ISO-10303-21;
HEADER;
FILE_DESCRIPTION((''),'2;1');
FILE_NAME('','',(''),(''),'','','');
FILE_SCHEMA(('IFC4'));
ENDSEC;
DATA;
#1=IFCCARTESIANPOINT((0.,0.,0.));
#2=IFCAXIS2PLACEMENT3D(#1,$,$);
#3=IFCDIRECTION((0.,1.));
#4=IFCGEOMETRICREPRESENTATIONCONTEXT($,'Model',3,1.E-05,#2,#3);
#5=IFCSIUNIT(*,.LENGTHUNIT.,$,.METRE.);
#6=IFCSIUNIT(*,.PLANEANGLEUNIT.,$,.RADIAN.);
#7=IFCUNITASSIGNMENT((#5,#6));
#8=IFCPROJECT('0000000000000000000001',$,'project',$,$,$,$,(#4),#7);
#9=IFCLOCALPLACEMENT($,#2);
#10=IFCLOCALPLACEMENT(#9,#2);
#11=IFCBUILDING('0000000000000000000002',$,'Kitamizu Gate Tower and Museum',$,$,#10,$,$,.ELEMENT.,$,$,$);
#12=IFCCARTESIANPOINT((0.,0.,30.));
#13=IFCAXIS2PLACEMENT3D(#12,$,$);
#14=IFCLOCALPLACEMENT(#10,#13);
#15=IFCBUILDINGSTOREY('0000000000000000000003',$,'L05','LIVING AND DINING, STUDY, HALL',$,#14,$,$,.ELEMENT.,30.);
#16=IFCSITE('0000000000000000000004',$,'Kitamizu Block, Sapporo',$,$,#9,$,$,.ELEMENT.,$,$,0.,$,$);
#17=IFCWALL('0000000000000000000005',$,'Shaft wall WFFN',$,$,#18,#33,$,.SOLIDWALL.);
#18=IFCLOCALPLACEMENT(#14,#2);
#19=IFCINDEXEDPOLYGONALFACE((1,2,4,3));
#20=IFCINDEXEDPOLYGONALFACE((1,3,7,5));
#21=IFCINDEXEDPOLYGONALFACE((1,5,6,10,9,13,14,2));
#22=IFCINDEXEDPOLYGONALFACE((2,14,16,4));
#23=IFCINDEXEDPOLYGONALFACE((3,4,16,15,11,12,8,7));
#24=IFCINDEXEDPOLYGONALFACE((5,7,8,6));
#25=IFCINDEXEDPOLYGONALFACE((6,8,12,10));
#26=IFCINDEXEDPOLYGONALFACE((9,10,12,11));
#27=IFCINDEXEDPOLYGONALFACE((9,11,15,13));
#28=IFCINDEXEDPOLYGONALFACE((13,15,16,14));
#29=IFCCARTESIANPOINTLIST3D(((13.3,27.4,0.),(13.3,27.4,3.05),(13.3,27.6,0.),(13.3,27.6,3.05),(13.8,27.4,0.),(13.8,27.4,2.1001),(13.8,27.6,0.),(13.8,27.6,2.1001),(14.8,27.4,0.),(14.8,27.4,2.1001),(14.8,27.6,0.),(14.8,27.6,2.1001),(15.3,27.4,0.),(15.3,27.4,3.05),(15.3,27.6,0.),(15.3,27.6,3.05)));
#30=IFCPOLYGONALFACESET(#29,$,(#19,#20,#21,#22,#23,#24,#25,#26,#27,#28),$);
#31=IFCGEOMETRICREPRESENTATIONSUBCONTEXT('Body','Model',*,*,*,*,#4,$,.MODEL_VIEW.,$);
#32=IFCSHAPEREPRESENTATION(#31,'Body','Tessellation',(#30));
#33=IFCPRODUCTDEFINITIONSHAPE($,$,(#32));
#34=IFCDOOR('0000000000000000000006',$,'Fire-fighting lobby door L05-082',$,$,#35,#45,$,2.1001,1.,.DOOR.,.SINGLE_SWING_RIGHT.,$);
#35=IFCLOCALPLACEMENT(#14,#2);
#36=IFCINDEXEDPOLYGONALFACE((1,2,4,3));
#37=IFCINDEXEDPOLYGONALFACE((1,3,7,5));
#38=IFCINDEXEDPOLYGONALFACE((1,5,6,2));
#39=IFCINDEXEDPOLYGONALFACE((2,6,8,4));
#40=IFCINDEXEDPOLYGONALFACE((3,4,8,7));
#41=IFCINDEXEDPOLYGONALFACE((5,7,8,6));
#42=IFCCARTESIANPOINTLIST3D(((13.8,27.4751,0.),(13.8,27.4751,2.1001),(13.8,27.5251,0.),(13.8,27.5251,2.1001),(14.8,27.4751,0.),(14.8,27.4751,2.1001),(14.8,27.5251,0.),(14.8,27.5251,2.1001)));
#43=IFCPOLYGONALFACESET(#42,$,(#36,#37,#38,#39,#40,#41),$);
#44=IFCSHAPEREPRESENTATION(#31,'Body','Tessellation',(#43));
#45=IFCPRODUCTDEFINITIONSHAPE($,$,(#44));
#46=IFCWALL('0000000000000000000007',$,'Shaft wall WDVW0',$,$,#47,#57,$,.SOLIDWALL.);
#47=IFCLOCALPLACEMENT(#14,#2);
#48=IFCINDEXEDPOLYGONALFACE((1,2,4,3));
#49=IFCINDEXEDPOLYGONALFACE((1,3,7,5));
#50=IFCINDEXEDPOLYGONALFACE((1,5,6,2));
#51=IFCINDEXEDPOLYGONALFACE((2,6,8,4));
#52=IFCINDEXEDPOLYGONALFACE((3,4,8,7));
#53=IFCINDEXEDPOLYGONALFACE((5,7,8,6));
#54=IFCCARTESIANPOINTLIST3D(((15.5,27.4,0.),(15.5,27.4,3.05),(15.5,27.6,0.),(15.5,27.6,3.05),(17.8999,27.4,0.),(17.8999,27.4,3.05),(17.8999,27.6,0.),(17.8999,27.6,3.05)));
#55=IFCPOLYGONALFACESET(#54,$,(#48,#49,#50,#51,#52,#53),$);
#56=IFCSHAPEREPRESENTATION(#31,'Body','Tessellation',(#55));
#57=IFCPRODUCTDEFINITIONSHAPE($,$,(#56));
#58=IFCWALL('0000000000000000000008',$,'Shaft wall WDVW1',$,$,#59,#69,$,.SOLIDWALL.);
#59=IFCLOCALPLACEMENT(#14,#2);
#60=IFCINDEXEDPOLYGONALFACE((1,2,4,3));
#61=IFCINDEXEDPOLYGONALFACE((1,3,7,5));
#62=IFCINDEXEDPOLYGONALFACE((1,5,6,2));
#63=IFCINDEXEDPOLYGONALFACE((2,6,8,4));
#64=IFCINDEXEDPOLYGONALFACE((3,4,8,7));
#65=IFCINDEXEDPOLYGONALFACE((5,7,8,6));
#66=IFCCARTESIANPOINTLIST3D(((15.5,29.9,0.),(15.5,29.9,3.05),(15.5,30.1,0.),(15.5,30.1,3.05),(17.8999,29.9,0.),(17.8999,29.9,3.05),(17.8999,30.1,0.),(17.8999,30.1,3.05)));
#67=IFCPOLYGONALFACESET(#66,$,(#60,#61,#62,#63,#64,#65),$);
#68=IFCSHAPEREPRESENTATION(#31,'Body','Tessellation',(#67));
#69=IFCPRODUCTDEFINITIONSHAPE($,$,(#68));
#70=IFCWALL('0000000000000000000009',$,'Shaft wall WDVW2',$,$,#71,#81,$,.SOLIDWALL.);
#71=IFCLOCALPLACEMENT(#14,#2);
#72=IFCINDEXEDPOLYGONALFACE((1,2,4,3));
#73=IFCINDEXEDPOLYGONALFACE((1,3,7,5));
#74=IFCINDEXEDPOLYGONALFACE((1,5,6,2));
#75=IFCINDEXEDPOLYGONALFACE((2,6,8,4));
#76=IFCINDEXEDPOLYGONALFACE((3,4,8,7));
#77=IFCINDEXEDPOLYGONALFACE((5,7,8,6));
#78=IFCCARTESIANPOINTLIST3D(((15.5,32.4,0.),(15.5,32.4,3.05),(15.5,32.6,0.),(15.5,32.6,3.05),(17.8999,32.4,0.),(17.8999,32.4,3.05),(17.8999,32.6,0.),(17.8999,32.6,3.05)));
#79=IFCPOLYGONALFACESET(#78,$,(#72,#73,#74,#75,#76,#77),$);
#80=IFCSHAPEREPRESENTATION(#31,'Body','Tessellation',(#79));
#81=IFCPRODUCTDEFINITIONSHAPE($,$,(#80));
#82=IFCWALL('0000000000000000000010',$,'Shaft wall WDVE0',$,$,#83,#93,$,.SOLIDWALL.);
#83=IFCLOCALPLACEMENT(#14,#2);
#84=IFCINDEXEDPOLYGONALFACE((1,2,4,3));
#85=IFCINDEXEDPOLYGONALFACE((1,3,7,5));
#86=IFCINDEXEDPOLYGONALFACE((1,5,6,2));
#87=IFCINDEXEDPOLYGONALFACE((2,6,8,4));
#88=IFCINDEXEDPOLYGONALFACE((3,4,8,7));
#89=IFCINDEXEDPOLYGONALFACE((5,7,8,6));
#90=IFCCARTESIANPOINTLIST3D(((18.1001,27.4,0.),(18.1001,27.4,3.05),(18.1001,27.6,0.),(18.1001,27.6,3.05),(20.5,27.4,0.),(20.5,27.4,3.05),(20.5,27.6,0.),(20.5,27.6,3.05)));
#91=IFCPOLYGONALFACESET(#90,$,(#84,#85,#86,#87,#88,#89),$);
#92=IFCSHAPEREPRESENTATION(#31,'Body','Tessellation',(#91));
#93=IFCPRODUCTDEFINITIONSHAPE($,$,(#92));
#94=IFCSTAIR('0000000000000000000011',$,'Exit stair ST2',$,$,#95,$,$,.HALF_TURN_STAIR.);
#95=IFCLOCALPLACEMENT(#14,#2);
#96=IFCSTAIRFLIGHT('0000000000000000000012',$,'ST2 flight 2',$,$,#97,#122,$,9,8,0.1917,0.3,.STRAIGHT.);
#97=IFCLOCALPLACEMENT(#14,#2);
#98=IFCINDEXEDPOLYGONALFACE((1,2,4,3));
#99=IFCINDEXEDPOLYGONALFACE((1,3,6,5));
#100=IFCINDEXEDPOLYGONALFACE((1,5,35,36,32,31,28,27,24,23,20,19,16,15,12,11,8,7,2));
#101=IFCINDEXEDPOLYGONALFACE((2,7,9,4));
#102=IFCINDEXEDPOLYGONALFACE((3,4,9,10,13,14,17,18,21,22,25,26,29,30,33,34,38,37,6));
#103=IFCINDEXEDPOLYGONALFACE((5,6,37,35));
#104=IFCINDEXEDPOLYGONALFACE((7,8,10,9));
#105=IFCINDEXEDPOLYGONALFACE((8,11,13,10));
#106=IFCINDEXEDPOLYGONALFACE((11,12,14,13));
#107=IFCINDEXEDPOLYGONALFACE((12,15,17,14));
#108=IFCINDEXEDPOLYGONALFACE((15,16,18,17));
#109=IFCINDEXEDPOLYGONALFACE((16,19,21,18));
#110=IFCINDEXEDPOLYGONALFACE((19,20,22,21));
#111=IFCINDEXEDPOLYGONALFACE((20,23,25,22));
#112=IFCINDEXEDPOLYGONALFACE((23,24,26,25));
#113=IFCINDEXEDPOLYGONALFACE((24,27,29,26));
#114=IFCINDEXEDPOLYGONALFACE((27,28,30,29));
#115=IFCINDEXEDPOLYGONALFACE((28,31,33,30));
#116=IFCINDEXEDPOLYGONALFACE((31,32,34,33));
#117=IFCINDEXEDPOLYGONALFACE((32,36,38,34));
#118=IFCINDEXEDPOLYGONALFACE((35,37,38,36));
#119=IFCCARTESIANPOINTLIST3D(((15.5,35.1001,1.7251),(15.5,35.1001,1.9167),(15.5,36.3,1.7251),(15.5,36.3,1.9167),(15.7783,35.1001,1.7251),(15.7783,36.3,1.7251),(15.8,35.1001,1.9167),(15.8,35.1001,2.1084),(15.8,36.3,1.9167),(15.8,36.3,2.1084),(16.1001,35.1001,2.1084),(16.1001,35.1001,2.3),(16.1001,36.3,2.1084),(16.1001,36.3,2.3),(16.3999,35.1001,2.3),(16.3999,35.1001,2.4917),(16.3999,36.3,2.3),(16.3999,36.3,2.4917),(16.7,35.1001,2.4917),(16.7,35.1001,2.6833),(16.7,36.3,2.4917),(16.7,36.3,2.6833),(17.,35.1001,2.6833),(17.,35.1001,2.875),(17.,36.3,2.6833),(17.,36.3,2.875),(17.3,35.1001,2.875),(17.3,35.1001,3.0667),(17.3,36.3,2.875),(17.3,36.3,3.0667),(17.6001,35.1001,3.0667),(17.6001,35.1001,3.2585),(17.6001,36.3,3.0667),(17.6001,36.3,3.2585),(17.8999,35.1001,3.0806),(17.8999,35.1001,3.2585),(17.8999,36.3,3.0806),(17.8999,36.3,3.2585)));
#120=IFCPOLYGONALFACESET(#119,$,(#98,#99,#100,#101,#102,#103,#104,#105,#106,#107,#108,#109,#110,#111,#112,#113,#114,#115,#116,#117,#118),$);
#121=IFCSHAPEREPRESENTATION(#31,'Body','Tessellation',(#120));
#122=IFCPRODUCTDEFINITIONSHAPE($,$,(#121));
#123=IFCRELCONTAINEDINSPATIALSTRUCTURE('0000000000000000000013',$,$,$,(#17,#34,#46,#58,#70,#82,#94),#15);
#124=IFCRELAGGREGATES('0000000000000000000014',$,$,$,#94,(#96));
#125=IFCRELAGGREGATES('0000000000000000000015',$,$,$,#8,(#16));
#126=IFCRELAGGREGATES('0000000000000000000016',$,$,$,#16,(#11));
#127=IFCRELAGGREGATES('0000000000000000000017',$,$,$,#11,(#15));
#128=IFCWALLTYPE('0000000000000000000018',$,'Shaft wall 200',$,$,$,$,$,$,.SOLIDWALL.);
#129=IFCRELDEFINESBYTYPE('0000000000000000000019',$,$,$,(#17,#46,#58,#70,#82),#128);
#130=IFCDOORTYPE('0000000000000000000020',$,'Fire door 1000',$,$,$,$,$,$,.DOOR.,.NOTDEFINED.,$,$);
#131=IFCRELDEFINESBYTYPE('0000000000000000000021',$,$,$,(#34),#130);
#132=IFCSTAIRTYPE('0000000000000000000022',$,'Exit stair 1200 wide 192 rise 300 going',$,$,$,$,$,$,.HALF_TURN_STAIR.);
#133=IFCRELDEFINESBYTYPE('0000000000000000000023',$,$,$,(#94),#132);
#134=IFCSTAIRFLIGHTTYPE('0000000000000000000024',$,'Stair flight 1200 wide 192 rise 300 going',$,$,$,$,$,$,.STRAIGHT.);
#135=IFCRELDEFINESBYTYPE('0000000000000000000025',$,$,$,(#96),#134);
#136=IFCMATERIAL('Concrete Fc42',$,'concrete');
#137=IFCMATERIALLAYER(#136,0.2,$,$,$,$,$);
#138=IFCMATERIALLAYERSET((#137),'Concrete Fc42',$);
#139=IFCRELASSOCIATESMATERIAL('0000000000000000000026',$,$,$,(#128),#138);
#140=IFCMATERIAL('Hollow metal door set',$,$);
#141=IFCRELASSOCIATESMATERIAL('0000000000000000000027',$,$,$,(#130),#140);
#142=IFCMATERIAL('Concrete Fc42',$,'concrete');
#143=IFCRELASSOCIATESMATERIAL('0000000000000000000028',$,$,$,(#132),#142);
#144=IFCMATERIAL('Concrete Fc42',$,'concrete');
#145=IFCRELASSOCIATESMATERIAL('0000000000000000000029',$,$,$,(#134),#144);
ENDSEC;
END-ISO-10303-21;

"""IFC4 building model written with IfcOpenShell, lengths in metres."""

from ifc_helpers import new_model, si_unit, direction, frame, frame_2d, origin, place, context, subcontext, project, spatial, polyline, rectangle, outline, extrude, material, layer, layer_set, type_object, element, fill, aggregate, save


model = new_model("IFC4")

# Units and contexts
model_context = context("Model", 3, precision=1e-05, world=origin(), true_north=direction((0.0, 1.0)))
body_context = subcontext(model_context, "Body", "Model", "MODEL_VIEW")
ifc_project = project(units=[si_unit("LENGTHUNIT", "METRE"), si_unit("PLANEANGLEUNIT", "RADIAN")], contexts=[model_context])

# Site, building, storey
site_placement = place(None, origin())
site = spatial("IfcSite", under=ifc_project, at=site_placement, Name="Kitamizu Block, Sapporo", CompositionType="ELEMENT", RefElevation=0.0)
building_placement = place(site_placement, origin())
building = spatial("IfcBuilding", under=site, at=building_placement, Name="Kitamizu Gate Tower and Museum", CompositionType="ELEMENT")
storey_placement = place(building_placement, frame((0.0, 0.0, 30.0)))
storey = spatial("IfcBuildingStorey", under=building, at=storey_placement, Name="L05", Description="LIVING AND DINING, STUDY, HALL", CompositionType="ELEMENT", Elevation=30.0)

# Shared definitions
ifc_material_1 = material(Name="Concrete Fc42", Category="concrete")
ifc_layer_1 = layer(ifc_material_1, 0.2)
ifc_layer_set_1 = layer_set([ifc_layer_1], Name="Concrete Fc42")
wall_type_1 = type_object("IfcWallType", Name="Shaft wall 200", PredefinedType="SOLIDWALL", material=ifc_layer_set_1)

# Wall, opening, door
wall_1_placement = place(storey_placement, frame((13.3, 27.5, 0.0), z_axis=(0.0, 0.0, 1.0), x_axis=(1.0, 0.0, 0.0)))
wall_1 = element("IfcWall", 1, at=wall_1_placement, inside=storey, type_object=wall_type_1, Name="Shaft wall WFFN", PredefinedType="SOLIDWALL", context=body_context, shape_type="SweptSolid", body=[
    extrude(rectangle(XDim=2.0, YDim=0.2, at=frame_2d((1.0, 0.0))), origin(), (0.0, 0.0, 1.0), 3.05),
])
opening_1_placement = place(wall_1_placement, frame((0.5, 0.0, 0.0)))
opening_1 = element("IfcOpeningElement", 2, at=opening_1_placement, cuts=wall_1, PredefinedType="OPENING", context=body_context, shape_type="SweptSolid", body=[
    extrude(rectangle(XDim=1.0, YDim=2.1001, at=frame_2d((0.5, 1.05))), frame((0.0, 0.1099, 0.0), z_axis=(0.0, -1.0, 0.0), x_axis=(1.0, 0.0, 0.0)), (0.0, 0.0, 1.0), 0.22),
])
ifc_material_2 = material(Name="Hollow metal door set")
door_type_1 = type_object("IfcDoorType", Name="Fire door 1000", OperationType="NOTDEFINED", PredefinedType="DOOR", material=ifc_material_2)
door_1_placement = place(opening_1_placement, frame((1.0, 0.0, 0.0), x_axis=(-1.0, 0.0, 0.0)))
door_1 = element("IfcDoor", 3, at=door_1_placement, inside=storey, type_object=door_type_1, Name="Fire-fighting lobby door L05-082", OperationType="SINGLE_SWING_RIGHT", OverallHeight=2.1001, OverallWidth=1.0, PredefinedType="DOOR", context=body_context, shape_type="SweptSolid", body=[
    extrude(rectangle(XDim=1.0, YDim=2.1001, at=frame_2d((0.5, 1.05))), frame((0.0, 0.0249, 0.0), z_axis=(0.0, -1.0, 0.0), x_axis=(1.0, 0.0, 0.0)), (0.0, 0.0, 1.0), 0.05),
])
fill(opening_1, door_1)

# Walls
for number, where, z_axis, x_axis, name in (
    (4, (15.5, 27.5, 0.0), (0.0, 0.0, 1.0), (1.0, 0.0, 0.0), "Shaft wall WDVW0"),
    (5, (15.5, 30.0, 0.0), (0.0, 0.0, 1.0), (1.0, 0.0, 0.0), "Shaft wall WDVW1"),
    (6, (15.5, 32.5, 0.0), (0.0, 0.0, 1.0), (1.0, 0.0, 0.0), "Shaft wall WDVW2"),
    (7, (18.1001, 27.5, 0.0), (0.0, 0.0, 1.0), (1.0, 0.0, 0.0), "Shaft wall WDVE0"),
):
    element("IfcWall", number, at=place(storey_placement, frame(where, z_axis=z_axis, x_axis=x_axis)), inside=storey, type_object=wall_type_1, Name=name, PredefinedType="SOLIDWALL", context=body_context, shape_type="SweptSolid", body=[
        extrude(rectangle(XDim=2.3999, YDim=0.2, at=frame_2d((1.2, 0.0))), origin(), (0.0, 0.0, 1.0), 3.05),
    ])

# Stair, stair flight
ifc_material_3 = material(Name="Concrete Fc42", Category="concrete")
stair_type = type_object("IfcStairType", Name="Exit stair 1200 wide 192 rise 300 going", PredefinedType="HALF_TURN_STAIR", material=ifc_material_3)
stair_placement = place(storey_placement, origin())
stair = element("IfcStair", 8, at=stair_placement, inside=storey, type_object=stair_type, Name="Exit stair ST2", PredefinedType="HALF_TURN_STAIR")
ifc_material_4 = material(Name="Concrete Fc42", Category="concrete")
stair_flight_type = type_object("IfcStairFlightType", Name="Stair flight 1200 wide 192 rise 300 going", PredefinedType="STRAIGHT", material=ifc_material_4)
stair_flight_placement = place(storey_placement, frame((15.5, 35.7, 1.7251), z_axis=(0.0, 0.0, 1.0), x_axis=(1.0, 0.0, 0.0)))
stair_flight = element("IfcStairFlight", 9, at=stair_flight_placement, type_object=stair_flight_type, Name="ST2 flight 2", NumberOfRisers=9, NumberOfTreads=8, PredefinedType="STRAIGHT", RiserHeight=0.1917, TreadLength=0.3, context=body_context, shape_type="SweptSolid", body=[
    extrude(outline(polyline([(0.0, 0.0), (0.0, 0.1917), (0.3, 0.1917), (0.3, 0.3833), (0.6001, 0.3833), (0.6001, 0.575), (0.8999, 0.575), (0.8999, 0.7666), (1.2, 0.7666), (1.2, 0.9583), (1.5, 0.9583), (1.5, 1.1499), (1.8, 1.1499), (1.8, 1.3416), (2.1001, 1.3416), (2.1001, 1.5334), (2.3999, 1.5334), (2.3999, 1.7251), (2.3999, 1.3555), (0.2783, 0.0), (0.0, 0.0)])), frame((0.0, 0.6001, 0.0), z_axis=(0.0, -1.0, 0.0), x_axis=(1.0, 0.0, 0.0)), (0.0, 0.0, 1.0), 1.2),
])
aggregate(stair, [stair_flight])

save(model, "model.ifc")
